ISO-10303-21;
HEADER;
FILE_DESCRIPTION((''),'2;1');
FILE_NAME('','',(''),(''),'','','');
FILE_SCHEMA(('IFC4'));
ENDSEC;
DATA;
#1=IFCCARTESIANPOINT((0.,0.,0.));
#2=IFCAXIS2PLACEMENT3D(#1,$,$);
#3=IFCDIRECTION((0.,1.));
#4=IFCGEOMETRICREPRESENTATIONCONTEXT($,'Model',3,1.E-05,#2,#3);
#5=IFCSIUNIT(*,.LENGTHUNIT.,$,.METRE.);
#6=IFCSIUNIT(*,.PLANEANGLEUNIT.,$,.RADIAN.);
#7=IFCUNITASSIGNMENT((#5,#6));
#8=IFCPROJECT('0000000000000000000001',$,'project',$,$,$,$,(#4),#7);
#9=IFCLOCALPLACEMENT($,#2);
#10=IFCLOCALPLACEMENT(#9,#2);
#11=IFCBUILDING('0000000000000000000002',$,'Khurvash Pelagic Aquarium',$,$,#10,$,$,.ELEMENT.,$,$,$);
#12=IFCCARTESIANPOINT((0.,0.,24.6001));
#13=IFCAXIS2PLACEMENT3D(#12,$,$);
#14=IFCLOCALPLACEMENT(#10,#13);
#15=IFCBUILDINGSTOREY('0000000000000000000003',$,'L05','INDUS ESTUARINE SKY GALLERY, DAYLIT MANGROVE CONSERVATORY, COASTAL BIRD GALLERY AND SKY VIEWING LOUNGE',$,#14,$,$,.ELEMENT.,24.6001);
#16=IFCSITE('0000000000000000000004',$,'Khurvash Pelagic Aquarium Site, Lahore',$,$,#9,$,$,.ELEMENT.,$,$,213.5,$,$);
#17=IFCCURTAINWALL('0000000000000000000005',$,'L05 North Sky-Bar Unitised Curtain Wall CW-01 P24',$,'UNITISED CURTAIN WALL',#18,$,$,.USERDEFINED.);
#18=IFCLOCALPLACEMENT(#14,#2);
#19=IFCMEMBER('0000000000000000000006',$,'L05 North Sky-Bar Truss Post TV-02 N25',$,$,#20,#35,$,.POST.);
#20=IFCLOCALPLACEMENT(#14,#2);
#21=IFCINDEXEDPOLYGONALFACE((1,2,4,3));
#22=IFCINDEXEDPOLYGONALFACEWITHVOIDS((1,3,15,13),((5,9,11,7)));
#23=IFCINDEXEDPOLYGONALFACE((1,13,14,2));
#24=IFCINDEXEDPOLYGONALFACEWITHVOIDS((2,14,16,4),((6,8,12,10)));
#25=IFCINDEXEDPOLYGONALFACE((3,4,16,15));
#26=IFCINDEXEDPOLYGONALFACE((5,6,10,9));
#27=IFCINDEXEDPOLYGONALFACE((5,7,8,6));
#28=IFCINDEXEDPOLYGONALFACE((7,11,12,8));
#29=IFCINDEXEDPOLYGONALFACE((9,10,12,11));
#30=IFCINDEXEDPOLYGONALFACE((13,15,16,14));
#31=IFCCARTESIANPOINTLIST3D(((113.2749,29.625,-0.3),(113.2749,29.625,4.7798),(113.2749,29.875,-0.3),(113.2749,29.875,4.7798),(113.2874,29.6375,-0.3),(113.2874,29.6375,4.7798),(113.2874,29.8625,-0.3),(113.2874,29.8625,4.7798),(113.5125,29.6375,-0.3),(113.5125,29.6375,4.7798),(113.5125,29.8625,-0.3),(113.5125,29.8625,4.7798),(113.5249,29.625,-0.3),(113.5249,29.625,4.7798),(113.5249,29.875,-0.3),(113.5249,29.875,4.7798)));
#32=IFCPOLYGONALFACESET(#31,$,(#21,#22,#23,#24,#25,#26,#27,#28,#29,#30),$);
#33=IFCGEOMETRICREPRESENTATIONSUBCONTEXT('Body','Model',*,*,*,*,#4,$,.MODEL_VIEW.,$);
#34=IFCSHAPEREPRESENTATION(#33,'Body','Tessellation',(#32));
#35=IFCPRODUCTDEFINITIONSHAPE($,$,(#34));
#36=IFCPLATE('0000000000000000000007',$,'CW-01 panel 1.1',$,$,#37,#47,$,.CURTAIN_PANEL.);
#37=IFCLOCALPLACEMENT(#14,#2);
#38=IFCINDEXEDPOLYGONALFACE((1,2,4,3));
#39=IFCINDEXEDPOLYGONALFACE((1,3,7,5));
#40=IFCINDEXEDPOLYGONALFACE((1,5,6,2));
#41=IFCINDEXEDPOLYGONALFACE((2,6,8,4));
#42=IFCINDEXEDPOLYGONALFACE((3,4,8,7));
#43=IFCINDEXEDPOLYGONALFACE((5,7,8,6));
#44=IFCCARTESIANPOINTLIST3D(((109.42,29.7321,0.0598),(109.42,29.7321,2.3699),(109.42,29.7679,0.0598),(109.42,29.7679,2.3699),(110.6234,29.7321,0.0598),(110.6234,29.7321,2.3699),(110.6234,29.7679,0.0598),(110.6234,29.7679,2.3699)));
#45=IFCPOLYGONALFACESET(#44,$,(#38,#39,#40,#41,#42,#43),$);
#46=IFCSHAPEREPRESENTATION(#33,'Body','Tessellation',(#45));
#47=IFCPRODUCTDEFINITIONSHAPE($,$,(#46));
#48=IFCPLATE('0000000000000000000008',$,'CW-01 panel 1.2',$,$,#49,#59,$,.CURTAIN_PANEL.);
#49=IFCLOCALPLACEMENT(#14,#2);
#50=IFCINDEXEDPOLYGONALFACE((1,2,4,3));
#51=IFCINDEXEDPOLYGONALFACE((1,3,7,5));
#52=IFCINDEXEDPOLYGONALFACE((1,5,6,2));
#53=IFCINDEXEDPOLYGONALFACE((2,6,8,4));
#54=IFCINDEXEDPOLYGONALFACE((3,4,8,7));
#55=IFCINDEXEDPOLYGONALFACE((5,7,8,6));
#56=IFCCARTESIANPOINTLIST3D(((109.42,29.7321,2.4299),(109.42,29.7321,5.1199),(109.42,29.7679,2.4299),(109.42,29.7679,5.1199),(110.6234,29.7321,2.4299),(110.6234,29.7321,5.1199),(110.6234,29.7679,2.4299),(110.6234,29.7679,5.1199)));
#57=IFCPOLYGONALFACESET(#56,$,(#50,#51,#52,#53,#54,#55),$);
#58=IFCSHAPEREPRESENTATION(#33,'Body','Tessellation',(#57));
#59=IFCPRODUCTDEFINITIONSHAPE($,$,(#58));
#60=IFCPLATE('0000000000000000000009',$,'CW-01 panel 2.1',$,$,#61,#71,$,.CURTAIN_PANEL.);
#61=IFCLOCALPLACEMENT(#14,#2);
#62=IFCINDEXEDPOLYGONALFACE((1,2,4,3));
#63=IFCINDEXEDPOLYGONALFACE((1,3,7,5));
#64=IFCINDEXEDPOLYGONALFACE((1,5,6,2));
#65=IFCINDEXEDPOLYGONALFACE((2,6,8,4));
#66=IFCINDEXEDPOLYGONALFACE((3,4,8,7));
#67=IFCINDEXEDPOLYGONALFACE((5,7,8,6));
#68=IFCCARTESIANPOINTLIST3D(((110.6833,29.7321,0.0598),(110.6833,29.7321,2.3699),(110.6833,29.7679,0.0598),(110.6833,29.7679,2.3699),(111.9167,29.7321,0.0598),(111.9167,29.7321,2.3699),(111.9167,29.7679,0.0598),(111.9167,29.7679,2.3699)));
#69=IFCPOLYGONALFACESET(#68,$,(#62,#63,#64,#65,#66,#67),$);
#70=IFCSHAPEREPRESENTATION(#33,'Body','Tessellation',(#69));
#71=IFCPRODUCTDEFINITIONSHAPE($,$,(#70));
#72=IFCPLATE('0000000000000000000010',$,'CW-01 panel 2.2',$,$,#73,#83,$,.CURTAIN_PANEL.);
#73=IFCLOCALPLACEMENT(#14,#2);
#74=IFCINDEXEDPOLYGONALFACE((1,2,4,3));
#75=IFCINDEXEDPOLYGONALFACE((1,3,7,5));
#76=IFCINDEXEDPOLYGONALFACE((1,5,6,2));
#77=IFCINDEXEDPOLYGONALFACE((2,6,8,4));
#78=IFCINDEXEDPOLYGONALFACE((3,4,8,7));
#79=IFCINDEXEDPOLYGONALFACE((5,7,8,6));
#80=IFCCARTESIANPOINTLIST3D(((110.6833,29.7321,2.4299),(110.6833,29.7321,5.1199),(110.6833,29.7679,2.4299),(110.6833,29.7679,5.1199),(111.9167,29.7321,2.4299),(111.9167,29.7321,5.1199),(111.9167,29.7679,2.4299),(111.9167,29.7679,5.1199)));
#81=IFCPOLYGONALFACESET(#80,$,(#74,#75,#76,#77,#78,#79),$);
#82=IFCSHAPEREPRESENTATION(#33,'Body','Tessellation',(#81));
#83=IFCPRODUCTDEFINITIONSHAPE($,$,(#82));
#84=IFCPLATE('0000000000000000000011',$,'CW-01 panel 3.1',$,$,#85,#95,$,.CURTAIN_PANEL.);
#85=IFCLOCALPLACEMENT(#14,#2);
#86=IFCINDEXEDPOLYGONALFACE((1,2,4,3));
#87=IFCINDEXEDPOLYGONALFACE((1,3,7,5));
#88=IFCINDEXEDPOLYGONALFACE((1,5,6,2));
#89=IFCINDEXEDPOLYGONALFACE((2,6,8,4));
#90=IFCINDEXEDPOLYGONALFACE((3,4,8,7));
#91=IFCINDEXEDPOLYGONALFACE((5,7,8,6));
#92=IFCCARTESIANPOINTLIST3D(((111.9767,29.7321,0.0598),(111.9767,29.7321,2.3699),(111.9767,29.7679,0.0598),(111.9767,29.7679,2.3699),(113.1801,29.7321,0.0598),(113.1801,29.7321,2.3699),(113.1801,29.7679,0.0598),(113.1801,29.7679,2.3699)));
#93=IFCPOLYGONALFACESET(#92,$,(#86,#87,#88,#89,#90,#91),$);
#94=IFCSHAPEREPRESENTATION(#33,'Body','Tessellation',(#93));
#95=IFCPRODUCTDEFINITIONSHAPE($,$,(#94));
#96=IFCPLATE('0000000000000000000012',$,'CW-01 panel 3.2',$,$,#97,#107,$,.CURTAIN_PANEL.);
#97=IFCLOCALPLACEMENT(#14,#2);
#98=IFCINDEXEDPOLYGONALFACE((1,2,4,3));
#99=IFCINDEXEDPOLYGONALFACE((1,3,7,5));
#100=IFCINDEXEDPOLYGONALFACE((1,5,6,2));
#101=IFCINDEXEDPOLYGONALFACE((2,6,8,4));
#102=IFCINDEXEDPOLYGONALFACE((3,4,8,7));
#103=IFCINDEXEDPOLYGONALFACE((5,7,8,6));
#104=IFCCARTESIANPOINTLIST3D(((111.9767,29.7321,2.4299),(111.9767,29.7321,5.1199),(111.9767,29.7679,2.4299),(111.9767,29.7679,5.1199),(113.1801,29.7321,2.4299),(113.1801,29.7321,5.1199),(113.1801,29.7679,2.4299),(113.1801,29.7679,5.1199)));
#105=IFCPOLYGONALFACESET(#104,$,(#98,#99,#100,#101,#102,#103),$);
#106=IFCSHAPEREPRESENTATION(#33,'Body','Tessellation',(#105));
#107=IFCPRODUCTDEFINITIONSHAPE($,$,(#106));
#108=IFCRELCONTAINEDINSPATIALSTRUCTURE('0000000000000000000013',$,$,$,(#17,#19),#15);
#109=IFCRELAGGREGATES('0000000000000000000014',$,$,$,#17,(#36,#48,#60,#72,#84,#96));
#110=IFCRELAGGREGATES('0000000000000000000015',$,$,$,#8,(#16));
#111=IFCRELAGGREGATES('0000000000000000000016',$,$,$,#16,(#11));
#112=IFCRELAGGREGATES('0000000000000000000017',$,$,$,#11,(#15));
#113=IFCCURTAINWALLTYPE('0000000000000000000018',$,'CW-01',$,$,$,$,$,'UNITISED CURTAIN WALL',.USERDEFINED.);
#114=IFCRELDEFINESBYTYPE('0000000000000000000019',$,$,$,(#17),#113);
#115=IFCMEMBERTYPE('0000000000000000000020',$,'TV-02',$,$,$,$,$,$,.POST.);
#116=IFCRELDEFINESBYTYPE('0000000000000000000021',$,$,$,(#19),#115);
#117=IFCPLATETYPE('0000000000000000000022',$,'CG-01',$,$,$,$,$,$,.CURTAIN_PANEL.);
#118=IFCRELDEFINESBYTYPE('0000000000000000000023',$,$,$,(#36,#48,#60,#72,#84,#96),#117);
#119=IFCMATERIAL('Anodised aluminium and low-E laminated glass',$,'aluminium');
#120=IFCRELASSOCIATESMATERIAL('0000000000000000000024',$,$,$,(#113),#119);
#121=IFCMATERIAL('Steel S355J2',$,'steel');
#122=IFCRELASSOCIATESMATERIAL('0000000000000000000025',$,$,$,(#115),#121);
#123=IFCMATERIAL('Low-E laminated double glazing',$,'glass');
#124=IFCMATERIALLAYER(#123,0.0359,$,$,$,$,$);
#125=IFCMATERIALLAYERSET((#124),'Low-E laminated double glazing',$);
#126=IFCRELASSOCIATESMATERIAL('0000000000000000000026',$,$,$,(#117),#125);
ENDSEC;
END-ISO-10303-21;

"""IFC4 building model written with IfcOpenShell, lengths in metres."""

from ifc_helpers import new_model, si_unit, direction, frame, origin, origin_2d, place, context, subcontext, project, spatial, rectangle, hollow_rectangle, extrude, material, layer, layer_set, material_profile, profile_set, type_object, element, aggregate, save


model = new_model("IFC4")

# Units and contexts
model_context = context("Model", 3, precision=1e-05, world=origin(), true_north=direction((0.0, 1.0)))
body_context = subcontext(model_context, "Body", "Model", "MODEL_VIEW")
ifc_project = project(units=[si_unit("LENGTHUNIT", "METRE"), si_unit("PLANEANGLEUNIT", "RADIAN")], contexts=[model_context])

# Site, building, storey
site_placement = place(None, origin())
site = spatial("IfcSite", under=ifc_project, at=site_placement, Name="Khurvash Pelagic Aquarium Site, Lahore", CompositionType="ELEMENT", RefElevation=213.5)
building_placement = place(site_placement, origin())
building = spatial("IfcBuilding", under=site, at=building_placement, Name="Khurvash Pelagic Aquarium", CompositionType="ELEMENT")
storey_placement = place(building_placement, frame((0.0, 0.0, 24.6001)))
storey = spatial("IfcBuildingStorey", under=building, at=storey_placement, Name="L05", Description="INDUS ESTUARINE SKY GALLERY, DAYLIT MANGROVE CONSERVATORY, COASTAL BIRD GALLERY AND SKY VIEWING LOUNGE", CompositionType="ELEMENT", Elevation=24.6001)

# Curtain wall
ifc_material_1 = material(Name="Anodised aluminium and low-E laminated glass", Category="aluminium")
curtain_wall_type = type_object("IfcCurtainWallType", Name="CW-01", ElementType="UNITISED CURTAIN WALL", PredefinedType="USERDEFINED", material=ifc_material_1)
curtain_wall_placement = place(storey_placement, origin())
curtain_wall = element("IfcCurtainWall", 1, at=curtain_wall_placement, inside=storey, type_object=curtain_wall_type, Name="L05 North Sky-Bar Unitised Curtain Wall CW-01 P24", ObjectType="UNITISED CURTAIN WALL", PredefinedType="USERDEFINED")

# Member
ifc_material_2 = material(Name="Steel S355J2", Category="steel")
ifc_material_profile_1 = material_profile(ifc_material_2, hollow_rectangle(XDim=0.25, YDim=0.25, WallThickness=0.0125, at=origin_2d()), Name="SHS250X250X12")
ifc_profile_set_1 = profile_set([ifc_material_profile_1], Name="Steel S355J2")
member_type_1 = type_object("IfcMemberType", Name="TV-02", PredefinedType="POST", material=ifc_profile_set_1)
member_1_placement = place(storey_placement, frame((113.3999, 29.75, -0.3), z_axis=(0.0, 0.0, 1.0), x_axis=(1.0, 0.0, 0.0)))
element("IfcMember", 2, at=member_1_placement, inside=storey, type_object=member_type_1, Name="L05 North Sky-Bar Truss Post TV-02 N25", PredefinedType="POST", context=body_context, shape_type="SweptSolid", body=[
    extrude(hollow_rectangle(XDim=0.25, YDim=0.25, WallThickness=0.0125, at=origin_2d()), origin(), (0.0, 0.0, 1.0), 5.0798),
])

# Plates
ifc_material_3 = material(Name="Low-E laminated double glazing", Category="glass")
ifc_layer = layer(ifc_material_3, 0.0359)
ifc_layer_set = layer_set([ifc_layer], Name="Low-E laminated double glazing")
plate_type = type_object("IfcPlateType", Name="CG-01", PredefinedType="CURTAIN_PANEL", material=ifc_layer_set)
plate_1_placement = place(storey_placement, frame((110.0217, 29.75, 0.0598), z_axis=(0.0, 0.0, 1.0), x_axis=(1.0, 0.0, 0.0)))
plate_1 = element("IfcPlate", 3, at=plate_1_placement, type_object=plate_type, Name="CW-01 panel 1.1", PredefinedType="CURTAIN_PANEL", context=body_context, shape_type="SweptSolid", body=[
    extrude(rectangle(XDim=1.2034, YDim=0.0359, at=origin_2d()), origin(), (0.0, 0.0, 1.0), 2.3101),
])
plate_2_placement = place(storey_placement, frame((110.0217, 29.75, 2.4299), z_axis=(0.0, 0.0, 1.0), x_axis=(1.0, 0.0, 0.0)))
plate_2 = element("IfcPlate", 4, at=plate_2_placement, type_object=plate_type, Name="CW-01 panel 1.2", PredefinedType="CURTAIN_PANEL", context=body_context, shape_type="SweptSolid", body=[
    extrude(rectangle(XDim=1.2034, YDim=0.0359, at=origin_2d()), origin(), (0.0, 0.0, 1.0), 2.6899),
])
plate_3_placement = place(storey_placement, frame((111.3, 29.75, 0.0598), z_axis=(0.0, 0.0, 1.0), x_axis=(1.0, 0.0, 0.0)))
plate_3 = element("IfcPlate", 5, at=plate_3_placement, type_object=plate_type, Name="CW-01 panel 2.1", PredefinedType="CURTAIN_PANEL", context=body_context, shape_type="SweptSolid", body=[
    extrude(rectangle(XDim=1.2334, YDim=0.0359, at=origin_2d()), origin(), (0.0, 0.0, 1.0), 2.3101),
])
plate_4_placement = place(storey_placement, frame((111.3, 29.75, 2.4299), z_axis=(0.0, 0.0, 1.0), x_axis=(1.0, 0.0, 0.0)))
plate_4 = element("IfcPlate", 6, at=plate_4_placement, type_object=plate_type, Name="CW-01 panel 2.2", PredefinedType="CURTAIN_PANEL", context=body_context, shape_type="SweptSolid", body=[
    extrude(rectangle(XDim=1.2334, YDim=0.0359, at=origin_2d()), origin(), (0.0, 0.0, 1.0), 2.6899),
])
plate_5_placement = place(storey_placement, frame((112.5784, 29.75, 0.0598), z_axis=(0.0, 0.0, 1.0), x_axis=(1.0, 0.0, 0.0)))
plate_5 = element("IfcPlate", 7, at=plate_5_placement, type_object=plate_type, Name="CW-01 panel 3.1", PredefinedType="CURTAIN_PANEL", context=body_context, shape_type="SweptSolid", body=[
    extrude(rectangle(XDim=1.2034, YDim=0.0359, at=origin_2d()), origin(), (0.0, 0.0, 1.0), 2.3101),
])
plate_6_placement = place(storey_placement, frame((112.5784, 29.75, 2.4299), z_axis=(0.0, 0.0, 1.0), x_axis=(1.0, 0.0, 0.0)))
plate_6 = element("IfcPlate", 8, at=plate_6_placement, type_object=plate_type, Name="CW-01 panel 3.2", PredefinedType="CURTAIN_PANEL", context=body_context, shape_type="SweptSolid", body=[
    extrude(rectangle(XDim=1.2034, YDim=0.0359, at=origin_2d()), origin(), (0.0, 0.0, 1.0), 2.6899),
])
aggregate(curtain_wall, [plate_1, plate_2, plate_3, plate_4, plate_5, plate_6])

save(model, "model.ifc")
